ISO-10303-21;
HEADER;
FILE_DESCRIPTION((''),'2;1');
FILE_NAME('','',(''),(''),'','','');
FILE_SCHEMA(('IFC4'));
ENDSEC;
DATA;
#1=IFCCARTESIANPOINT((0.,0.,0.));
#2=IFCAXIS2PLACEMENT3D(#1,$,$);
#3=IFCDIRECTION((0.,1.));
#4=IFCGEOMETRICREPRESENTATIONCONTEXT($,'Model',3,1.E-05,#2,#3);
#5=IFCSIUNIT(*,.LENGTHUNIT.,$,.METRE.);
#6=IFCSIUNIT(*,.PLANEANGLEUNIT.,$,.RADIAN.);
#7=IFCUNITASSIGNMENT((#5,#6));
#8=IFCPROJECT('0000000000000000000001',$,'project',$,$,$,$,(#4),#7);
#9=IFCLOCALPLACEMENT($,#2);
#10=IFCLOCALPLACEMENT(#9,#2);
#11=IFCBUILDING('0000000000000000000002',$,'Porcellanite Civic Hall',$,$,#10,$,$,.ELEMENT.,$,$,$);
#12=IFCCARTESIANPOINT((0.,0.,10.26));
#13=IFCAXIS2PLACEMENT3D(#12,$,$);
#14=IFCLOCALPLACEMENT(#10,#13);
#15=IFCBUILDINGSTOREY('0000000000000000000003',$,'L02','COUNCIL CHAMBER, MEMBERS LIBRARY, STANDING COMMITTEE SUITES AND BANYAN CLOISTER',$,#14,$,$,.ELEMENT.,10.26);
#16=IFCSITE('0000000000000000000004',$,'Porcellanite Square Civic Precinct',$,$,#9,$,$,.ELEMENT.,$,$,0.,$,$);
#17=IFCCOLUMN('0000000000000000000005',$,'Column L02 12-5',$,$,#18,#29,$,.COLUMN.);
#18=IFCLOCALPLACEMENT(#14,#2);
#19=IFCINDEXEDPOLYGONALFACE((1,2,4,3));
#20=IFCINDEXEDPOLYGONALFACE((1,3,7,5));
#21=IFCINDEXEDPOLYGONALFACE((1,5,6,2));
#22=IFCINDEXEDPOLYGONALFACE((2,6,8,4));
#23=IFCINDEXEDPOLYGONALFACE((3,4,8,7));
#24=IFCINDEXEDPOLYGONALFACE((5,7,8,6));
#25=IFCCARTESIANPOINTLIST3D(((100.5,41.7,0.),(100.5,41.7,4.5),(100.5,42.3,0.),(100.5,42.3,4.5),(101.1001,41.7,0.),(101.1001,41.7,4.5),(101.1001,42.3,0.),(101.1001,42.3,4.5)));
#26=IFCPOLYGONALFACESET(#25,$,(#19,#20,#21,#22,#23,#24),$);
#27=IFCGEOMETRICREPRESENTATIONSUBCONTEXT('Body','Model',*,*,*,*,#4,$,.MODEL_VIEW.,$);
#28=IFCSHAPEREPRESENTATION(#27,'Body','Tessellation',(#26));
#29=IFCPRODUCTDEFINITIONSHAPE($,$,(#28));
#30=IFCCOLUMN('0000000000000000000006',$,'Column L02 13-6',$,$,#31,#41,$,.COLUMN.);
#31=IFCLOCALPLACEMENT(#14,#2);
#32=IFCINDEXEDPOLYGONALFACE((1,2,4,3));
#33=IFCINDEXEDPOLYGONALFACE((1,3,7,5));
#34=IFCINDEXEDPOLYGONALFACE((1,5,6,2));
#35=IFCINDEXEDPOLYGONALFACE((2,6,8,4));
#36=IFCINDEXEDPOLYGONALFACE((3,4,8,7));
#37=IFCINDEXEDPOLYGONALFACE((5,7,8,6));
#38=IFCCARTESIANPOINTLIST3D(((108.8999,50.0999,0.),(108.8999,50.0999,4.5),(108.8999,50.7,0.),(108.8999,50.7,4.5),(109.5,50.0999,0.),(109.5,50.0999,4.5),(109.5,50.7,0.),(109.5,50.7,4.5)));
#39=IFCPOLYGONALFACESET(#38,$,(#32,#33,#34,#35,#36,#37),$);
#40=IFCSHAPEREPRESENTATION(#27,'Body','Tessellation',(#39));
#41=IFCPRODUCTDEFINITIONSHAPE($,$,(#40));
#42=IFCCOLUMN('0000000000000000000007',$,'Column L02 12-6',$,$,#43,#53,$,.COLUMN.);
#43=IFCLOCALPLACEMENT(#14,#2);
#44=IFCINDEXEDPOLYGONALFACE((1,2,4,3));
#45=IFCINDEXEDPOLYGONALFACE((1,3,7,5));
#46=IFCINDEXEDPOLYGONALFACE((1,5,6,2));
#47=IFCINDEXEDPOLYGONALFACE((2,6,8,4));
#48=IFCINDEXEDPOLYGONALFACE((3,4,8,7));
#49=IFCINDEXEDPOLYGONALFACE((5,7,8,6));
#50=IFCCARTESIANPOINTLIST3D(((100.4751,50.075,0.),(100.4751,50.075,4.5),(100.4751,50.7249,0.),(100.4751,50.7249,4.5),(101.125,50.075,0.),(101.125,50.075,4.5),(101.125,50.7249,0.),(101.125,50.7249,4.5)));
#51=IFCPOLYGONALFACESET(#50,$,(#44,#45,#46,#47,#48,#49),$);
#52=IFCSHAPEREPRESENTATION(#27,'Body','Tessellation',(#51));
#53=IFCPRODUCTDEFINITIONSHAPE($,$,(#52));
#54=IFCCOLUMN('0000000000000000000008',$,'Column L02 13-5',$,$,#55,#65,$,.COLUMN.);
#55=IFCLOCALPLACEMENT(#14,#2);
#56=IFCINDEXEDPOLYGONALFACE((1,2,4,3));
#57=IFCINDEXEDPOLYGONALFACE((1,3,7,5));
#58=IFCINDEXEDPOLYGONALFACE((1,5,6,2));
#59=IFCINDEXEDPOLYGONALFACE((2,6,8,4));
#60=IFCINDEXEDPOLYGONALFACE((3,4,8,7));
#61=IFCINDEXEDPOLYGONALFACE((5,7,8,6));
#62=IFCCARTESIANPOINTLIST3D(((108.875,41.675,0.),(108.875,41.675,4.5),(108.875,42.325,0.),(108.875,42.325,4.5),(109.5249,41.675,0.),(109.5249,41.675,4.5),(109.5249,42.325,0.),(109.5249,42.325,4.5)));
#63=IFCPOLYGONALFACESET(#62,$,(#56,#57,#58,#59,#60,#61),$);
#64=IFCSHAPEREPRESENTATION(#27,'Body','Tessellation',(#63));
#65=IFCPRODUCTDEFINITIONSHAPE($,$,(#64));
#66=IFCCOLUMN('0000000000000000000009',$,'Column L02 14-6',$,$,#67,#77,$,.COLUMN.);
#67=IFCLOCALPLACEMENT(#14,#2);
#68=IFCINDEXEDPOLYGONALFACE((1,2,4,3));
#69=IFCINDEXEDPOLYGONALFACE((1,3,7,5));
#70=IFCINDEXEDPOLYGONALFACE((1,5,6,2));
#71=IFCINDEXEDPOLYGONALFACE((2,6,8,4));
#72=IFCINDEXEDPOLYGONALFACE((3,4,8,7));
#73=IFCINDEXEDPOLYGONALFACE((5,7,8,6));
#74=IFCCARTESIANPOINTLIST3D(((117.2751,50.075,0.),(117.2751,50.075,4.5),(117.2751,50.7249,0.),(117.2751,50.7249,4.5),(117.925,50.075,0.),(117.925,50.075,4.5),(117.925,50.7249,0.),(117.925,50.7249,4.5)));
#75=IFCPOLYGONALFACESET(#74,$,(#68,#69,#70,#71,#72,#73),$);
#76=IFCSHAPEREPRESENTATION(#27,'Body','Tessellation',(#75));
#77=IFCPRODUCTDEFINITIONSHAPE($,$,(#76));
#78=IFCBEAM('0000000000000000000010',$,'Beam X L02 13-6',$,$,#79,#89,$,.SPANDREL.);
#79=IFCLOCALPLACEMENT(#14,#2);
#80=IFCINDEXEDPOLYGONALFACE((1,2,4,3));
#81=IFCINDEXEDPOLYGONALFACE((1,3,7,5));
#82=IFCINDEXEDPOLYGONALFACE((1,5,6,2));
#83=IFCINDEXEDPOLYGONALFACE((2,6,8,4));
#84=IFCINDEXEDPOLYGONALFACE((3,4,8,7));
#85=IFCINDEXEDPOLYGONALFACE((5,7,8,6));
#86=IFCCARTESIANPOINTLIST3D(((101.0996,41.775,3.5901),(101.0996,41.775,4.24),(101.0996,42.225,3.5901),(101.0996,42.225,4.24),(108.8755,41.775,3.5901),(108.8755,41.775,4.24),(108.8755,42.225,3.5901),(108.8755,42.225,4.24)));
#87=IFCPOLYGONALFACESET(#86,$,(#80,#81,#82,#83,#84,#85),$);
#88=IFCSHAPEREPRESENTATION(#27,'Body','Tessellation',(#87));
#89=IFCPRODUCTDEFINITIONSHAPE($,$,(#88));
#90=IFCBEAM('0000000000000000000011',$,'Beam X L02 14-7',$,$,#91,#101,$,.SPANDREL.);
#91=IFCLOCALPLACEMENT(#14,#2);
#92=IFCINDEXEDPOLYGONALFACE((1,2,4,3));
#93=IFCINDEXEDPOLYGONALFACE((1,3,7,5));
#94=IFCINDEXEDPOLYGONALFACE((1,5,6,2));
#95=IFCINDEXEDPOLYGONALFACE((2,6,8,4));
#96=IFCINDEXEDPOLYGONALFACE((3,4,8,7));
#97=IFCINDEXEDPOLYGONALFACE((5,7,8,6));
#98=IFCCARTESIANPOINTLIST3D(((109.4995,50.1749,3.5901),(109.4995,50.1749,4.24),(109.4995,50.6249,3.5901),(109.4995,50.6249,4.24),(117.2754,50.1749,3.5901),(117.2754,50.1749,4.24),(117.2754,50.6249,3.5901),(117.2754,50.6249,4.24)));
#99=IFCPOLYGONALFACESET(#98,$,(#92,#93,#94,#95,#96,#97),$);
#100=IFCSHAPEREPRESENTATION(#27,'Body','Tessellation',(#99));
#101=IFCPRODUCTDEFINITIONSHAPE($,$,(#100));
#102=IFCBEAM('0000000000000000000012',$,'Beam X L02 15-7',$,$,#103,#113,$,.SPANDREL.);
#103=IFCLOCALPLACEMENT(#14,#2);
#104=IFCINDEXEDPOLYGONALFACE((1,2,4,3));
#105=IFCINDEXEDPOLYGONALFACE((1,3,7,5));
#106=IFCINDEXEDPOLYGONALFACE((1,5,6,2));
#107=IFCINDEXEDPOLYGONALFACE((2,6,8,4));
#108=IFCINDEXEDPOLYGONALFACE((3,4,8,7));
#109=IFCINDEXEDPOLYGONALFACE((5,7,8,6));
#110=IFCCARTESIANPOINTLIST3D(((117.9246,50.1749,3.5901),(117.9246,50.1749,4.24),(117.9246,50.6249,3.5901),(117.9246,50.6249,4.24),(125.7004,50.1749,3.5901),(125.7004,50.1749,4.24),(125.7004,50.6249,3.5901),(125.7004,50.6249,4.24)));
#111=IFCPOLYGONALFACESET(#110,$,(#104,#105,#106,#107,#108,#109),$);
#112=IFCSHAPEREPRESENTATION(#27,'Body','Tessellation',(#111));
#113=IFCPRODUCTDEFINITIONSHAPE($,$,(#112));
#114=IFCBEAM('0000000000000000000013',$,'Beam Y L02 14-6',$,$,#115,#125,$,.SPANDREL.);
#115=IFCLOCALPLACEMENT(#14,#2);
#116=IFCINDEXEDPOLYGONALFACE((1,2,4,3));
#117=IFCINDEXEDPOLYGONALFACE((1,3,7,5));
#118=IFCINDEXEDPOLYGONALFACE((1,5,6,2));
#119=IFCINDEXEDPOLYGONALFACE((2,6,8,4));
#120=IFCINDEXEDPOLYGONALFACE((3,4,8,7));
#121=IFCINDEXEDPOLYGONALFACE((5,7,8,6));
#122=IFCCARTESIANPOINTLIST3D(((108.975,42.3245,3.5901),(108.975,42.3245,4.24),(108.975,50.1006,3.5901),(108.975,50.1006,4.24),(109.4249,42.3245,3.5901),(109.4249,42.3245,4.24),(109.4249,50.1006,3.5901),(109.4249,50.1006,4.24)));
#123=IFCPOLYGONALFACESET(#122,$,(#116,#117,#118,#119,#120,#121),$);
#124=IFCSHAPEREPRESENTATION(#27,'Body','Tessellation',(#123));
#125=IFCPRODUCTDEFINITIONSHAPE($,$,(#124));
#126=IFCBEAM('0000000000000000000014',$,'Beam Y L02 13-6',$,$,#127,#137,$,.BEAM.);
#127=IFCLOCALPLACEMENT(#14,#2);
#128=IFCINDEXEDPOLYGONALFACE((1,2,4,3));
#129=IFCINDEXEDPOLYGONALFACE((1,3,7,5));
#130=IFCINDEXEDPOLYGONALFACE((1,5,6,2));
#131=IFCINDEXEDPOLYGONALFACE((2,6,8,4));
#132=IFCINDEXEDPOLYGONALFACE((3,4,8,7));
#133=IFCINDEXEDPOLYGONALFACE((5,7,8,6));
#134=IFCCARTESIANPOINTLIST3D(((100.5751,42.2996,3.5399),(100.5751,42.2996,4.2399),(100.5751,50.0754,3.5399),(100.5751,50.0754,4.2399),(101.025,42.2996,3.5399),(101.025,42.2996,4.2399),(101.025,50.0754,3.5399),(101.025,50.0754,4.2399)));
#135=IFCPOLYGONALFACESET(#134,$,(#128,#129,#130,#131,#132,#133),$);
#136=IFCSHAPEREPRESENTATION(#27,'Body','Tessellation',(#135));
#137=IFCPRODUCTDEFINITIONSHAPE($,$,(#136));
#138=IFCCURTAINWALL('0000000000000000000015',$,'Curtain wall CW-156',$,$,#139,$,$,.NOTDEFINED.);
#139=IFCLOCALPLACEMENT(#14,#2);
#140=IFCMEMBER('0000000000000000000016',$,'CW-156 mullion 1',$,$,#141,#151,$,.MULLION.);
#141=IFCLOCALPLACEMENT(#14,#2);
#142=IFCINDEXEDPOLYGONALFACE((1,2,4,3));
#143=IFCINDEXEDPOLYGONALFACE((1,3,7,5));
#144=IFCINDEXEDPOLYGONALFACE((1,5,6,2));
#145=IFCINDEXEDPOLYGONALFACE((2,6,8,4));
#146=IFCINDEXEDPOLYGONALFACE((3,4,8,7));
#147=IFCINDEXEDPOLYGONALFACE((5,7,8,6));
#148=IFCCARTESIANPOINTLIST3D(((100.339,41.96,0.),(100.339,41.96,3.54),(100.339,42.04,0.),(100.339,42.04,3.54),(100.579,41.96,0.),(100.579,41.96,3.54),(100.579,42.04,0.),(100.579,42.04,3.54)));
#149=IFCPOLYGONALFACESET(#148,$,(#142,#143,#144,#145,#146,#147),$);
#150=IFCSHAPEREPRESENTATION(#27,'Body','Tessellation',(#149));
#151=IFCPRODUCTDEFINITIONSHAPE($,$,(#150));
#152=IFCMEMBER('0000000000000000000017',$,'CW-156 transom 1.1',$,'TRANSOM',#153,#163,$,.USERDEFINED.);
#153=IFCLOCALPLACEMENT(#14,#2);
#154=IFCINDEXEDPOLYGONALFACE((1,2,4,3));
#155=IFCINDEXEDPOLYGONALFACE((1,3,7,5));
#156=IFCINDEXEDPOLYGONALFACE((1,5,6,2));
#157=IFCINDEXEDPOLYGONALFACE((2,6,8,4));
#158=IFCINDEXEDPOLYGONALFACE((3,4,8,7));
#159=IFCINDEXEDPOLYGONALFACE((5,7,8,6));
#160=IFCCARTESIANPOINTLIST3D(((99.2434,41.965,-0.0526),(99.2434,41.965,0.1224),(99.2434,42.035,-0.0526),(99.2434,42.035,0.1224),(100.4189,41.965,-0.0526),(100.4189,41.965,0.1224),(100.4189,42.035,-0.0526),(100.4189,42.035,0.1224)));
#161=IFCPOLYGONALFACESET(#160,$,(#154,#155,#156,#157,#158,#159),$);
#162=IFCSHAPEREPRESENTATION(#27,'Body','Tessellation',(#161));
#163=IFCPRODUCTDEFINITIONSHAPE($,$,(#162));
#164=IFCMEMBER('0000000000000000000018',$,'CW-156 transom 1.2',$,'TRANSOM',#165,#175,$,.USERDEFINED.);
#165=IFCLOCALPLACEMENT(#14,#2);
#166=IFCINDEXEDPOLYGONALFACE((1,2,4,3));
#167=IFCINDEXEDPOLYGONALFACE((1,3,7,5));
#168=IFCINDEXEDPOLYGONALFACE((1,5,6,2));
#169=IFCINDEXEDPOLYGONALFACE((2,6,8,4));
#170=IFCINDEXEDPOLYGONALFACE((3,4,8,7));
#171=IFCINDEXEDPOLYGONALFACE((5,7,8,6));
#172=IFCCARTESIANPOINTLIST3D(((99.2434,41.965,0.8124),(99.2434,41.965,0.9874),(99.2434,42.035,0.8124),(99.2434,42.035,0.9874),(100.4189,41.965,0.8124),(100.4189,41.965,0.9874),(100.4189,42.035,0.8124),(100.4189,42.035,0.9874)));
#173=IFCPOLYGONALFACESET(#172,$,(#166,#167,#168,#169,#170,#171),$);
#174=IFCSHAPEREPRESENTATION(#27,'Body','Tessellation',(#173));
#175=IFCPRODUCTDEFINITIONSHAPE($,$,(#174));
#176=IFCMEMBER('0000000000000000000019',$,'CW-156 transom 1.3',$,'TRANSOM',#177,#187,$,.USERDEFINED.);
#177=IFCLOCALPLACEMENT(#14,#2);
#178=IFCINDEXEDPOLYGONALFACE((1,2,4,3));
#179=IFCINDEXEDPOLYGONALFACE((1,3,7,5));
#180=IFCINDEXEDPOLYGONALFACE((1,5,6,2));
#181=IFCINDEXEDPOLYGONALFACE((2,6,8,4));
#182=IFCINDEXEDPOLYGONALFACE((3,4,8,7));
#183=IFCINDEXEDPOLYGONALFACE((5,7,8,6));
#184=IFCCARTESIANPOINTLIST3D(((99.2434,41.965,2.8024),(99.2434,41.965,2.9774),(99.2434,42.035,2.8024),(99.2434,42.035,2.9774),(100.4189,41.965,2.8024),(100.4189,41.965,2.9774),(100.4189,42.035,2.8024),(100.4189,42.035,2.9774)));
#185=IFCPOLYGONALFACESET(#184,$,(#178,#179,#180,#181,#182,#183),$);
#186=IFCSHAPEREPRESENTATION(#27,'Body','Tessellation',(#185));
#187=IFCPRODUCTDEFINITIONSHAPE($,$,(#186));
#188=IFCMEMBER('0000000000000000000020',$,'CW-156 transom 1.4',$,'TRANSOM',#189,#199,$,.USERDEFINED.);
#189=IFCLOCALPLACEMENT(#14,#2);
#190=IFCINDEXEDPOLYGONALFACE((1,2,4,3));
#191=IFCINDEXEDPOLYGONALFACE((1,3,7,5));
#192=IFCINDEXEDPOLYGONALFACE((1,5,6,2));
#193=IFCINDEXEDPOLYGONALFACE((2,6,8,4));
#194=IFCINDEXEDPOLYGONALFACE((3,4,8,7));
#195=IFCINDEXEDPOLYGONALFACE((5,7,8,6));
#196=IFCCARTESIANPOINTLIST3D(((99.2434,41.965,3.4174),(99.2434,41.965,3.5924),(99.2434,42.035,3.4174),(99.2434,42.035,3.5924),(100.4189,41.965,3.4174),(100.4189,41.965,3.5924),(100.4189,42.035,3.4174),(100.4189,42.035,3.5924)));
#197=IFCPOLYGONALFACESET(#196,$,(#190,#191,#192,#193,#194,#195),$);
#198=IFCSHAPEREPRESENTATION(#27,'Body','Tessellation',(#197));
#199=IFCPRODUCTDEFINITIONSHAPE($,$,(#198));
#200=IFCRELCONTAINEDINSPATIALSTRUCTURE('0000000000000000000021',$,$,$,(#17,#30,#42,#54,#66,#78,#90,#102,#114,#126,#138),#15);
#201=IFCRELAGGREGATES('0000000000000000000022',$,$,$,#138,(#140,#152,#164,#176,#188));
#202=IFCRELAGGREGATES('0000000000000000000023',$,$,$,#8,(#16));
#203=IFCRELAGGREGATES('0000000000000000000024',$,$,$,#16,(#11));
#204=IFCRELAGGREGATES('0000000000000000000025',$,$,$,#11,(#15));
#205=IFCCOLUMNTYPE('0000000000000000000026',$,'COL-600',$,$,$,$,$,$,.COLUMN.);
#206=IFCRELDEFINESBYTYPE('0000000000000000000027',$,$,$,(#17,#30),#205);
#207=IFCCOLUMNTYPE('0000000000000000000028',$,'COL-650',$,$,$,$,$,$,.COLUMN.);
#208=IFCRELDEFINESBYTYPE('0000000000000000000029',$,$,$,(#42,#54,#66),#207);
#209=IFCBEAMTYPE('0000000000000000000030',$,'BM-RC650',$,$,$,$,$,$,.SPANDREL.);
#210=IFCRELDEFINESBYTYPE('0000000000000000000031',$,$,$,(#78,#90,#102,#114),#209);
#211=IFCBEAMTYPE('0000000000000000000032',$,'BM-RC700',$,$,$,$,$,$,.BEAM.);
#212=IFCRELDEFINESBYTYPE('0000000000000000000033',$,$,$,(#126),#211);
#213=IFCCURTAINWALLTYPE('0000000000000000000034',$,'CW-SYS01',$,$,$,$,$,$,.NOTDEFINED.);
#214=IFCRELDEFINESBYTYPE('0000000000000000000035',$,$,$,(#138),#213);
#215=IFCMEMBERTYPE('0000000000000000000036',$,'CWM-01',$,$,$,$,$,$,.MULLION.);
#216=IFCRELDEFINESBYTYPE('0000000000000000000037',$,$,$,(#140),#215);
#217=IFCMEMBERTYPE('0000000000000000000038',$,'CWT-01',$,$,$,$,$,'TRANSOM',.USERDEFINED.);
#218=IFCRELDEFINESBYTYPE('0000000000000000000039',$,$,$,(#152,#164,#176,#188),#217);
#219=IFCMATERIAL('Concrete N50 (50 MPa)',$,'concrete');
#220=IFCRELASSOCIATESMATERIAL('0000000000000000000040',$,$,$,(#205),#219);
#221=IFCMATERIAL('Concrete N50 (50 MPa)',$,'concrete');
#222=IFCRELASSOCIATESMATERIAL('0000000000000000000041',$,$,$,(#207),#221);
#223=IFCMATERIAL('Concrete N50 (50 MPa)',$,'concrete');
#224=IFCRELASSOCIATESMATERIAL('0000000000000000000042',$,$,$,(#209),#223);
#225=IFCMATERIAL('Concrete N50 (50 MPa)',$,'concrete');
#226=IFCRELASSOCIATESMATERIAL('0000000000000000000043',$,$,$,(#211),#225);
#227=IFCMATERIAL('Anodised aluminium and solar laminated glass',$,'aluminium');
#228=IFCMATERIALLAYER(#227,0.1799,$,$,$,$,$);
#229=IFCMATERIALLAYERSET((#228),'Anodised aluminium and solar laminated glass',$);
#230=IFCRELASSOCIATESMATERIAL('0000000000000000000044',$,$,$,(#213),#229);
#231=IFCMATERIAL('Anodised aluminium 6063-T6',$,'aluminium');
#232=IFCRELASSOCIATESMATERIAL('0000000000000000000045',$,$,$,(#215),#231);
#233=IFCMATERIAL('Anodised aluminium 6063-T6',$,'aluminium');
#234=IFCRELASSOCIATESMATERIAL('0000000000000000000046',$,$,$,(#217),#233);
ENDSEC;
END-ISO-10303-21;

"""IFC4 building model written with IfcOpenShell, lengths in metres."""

from ifc_helpers import new_model, si_unit, direction, frame, origin, origin_2d, place, context, subcontext, project, spatial, rectangle, extrude, material, layer, layer_set, material_profile, profile_set, type_object, element, aggregate, save


model = new_model("IFC4")

# Units and contexts
model_context = context("Model", 3, precision=1e-05, world=origin(), true_north=direction((0.0, 1.0)))
body_context = subcontext(model_context, "Body", "Model", "MODEL_VIEW")
ifc_project = project(units=[si_unit("LENGTHUNIT", "METRE"), si_unit("PLANEANGLEUNIT", "RADIAN")], contexts=[model_context])

# Site, building, storey
site_placement = place(None, origin())
site = spatial("IfcSite", under=ifc_project, at=site_placement, Name="Porcellanite Square Civic Precinct", CompositionType="ELEMENT", RefElevation=0.0)
building_placement = place(site_placement, origin())
building = spatial("IfcBuilding", under=site, at=building_placement, Name="Porcellanite Civic Hall", CompositionType="ELEMENT")
storey_placement = place(building_placement, frame((0.0, 0.0, 10.26)))
storey = spatial("IfcBuildingStorey", under=building, at=storey_placement, Name="L02", Description="COUNCIL CHAMBER, MEMBERS LIBRARY, STANDING COMMITTEE SUITES AND BANYAN CLOISTER", CompositionType="ELEMENT", Elevation=10.26)

# Columns
ifc_material_1 = material(Name="Concrete N50 (50 MPa)", Category="concrete")
ifc_material_profile_1 = material_profile(ifc_material_1, rectangle(XDim=0.6001, YDim=0.6001, at=origin_2d()), Name="RC-600x600")
ifc_profile_set_1 = profile_set([ifc_material_profile_1], Name="Concrete N50 (50 MPa)")
column_type_1 = type_object("IfcColumnType", Name="COL-600", PredefinedType="COLUMN", material=ifc_profile_set_1)
for number, where, z_axis, x_axis, name in (
    (1, (100.8, 42.0, 0.0), (0.0, 0.0, 1.0), (1.0, 0.0, 0.0), "Column L02 12-5"),
    (2, (109.2, 50.3999, 0.0), (0.0, 0.0, 1.0), (1.0, 0.0, 0.0), "Column L02 13-6"),
):
    element("IfcColumn", number, at=place(storey_placement, frame(where, z_axis=z_axis, x_axis=x_axis)), inside=storey, type_object=column_type_1, Name=name, PredefinedType="COLUMN", context=body_context, shape_type="SweptSolid", body=[
        extrude(rectangle(XDim=0.6001, YDim=0.6001, at=origin_2d()), origin(), (0.0, 0.0, 1.0), 4.5),
    ])
ifc_material_2 = material(Name="Concrete N50 (50 MPa)", Category="concrete")
ifc_material_profile_2 = material_profile(ifc_material_2, rectangle(XDim=0.6499, YDim=0.6499, at=origin_2d()), Name="RC-650x650")
ifc_profile_set_2 = profile_set([ifc_material_profile_2], Name="Concrete N50 (50 MPa)")
column_type_2 = type_object("IfcColumnType", Name="COL-650", PredefinedType="COLUMN", material=ifc_profile_set_2)
for number, where, z_axis, x_axis, name in (
    (3, (100.8, 50.3999, 0.0), (0.0, 0.0, 1.0), (1.0, 0.0, 0.0), "Column L02 12-6"),
    (4, (109.2, 42.0, 0.0), (0.0, 0.0, 1.0), (1.0, 0.0, 0.0), "Column L02 13-5"),
    (5, (117.6001, 50.3999, 0.0), (0.0, 0.0, 1.0), (1.0, 0.0, 0.0), "Column L02 14-6"),
):
    element("IfcColumn", number, at=place(storey_placement, frame(where, z_axis=z_axis, x_axis=x_axis)), inside=storey, type_object=column_type_2, Name=name, PredefinedType="COLUMN", context=body_context, shape_type="SweptSolid", body=[
        extrude(rectangle(XDim=0.6499, YDim=0.6499, at=origin_2d()), origin(), (0.0, 0.0, 1.0), 4.5),
    ])

# Beams
ifc_material_3 = material(Name="Concrete N50 (50 MPa)", Category="concrete")
ifc_material_profile_3 = material_profile(ifc_material_3, rectangle(XDim=0.45, YDim=0.6499, at=origin_2d()), Name="RC-450x650")
ifc_profile_set_3 = profile_set([ifc_material_profile_3], Name="Concrete N50 (50 MPa)")
beam_type_1 = type_object("IfcBeamType", Name="BM-RC650", PredefinedType="SPANDREL", material=ifc_profile_set_3)
for number, where, z_axis, x_axis, name in (
    (6, (101.0996, 42.0, 3.915), (1.0, 0.0, 0.0), (0.0, 1.0, 0.0), "Beam X L02 13-6"),
    (7, (109.4995, 50.3999, 3.915), (1.0, 0.0, 0.0), (0.0, 1.0, 0.0), "Beam X L02 14-7"),
    (8, (117.9246, 50.3999, 3.915), (1.0, 0.0, 0.0), (0.0, 1.0, 0.0), "Beam X L02 15-7"),
):
    element("IfcBeam", number, at=place(storey_placement, frame(where, z_axis=z_axis, x_axis=x_axis)), inside=storey, type_object=beam_type_1, Name=name, PredefinedType="SPANDREL", context=body_context, shape_type="SweptSolid", body=[
        extrude(rectangle(XDim=0.45, YDim=0.6499, at=origin_2d()), origin(), (0.0, 0.0, 1.0), 7.7759),
    ])
beam_1_placement = place(storey_placement, frame((109.2, 42.3245, 3.915), z_axis=(0.0, 1.0, 0.0), x_axis=(-1.0, 0.0, 0.0)))
element("IfcBeam", 9, at=beam_1_placement, inside=storey, type_object=beam_type_1, Name="Beam Y L02 14-6", PredefinedType="SPANDREL", context=body_context, shape_type="SweptSolid", body=[
    extrude(rectangle(XDim=0.45, YDim=0.6499, at=origin_2d()), origin(), (0.0, 0.0, 1.0), 7.7761),
])
ifc_material_4 = material(Name="Concrete N50 (50 MPa)", Category="concrete")
ifc_material_profile_4 = material_profile(ifc_material_4, rectangle(XDim=0.45, YDim=0.7, at=origin_2d()), Name="RC-450x700")
ifc_profile_set_4 = profile_set([ifc_material_profile_4], Name="Concrete N50 (50 MPa)")
beam_type_2 = type_object("IfcBeamType", Name="BM-RC700", PredefinedType="BEAM", material=ifc_profile_set_4)
beam_2_placement = place(storey_placement, frame((100.8, 42.2996, 3.8899), z_axis=(0.0, 1.0, 0.0), x_axis=(-1.0, 0.0, 0.0)))
element("IfcBeam", 10, at=beam_2_placement, inside=storey, type_object=beam_type_2, Name="Beam Y L02 13-6", PredefinedType="BEAM", context=body_context, shape_type="SweptSolid", body=[
    extrude(rectangle(XDim=0.45, YDim=0.7, at=origin_2d()), origin(), (0.0, 0.0, 1.0), 7.7759),
])

# Curtain wall, members
ifc_material_5 = material(Name="Anodised aluminium and solar laminated glass", Category="aluminium")
ifc_layer_1 = layer(ifc_material_5, 0.1799)
ifc_layer_set_1 = layer_set([ifc_layer_1], Name="Anodised aluminium and solar laminated glass")
curtain_wall_type = type_object("IfcCurtainWallType", Name="CW-SYS01", PredefinedType="NOTDEFINED", material=ifc_layer_set_1)
curtain_wall_placement = place(storey_placement, origin())
curtain_wall = element("IfcCurtainWall", 11, at=curtain_wall_placement, inside=storey, type_object=curtain_wall_type, Name="Curtain wall CW-156", PredefinedType="NOTDEFINED")
ifc_material_6 = material(Name="Anodised aluminium 6063-T6", Category="aluminium")
ifc_material_profile_5 = material_profile(ifc_material_6, rectangle(XDim=0.0801, YDim=0.24, at=origin_2d()), Name="AL-80x240")
ifc_profile_set_5 = profile_set([ifc_material_profile_5], Name="Anodised aluminium 6063-T6")
member_type_1 = type_object("IfcMemberType", Name="CWM-01", PredefinedType="MULLION", material=ifc_profile_set_5)
member_1_placement = place(storey_placement, frame((100.459, 42.0, 0.0), z_axis=(0.0, 0.0, 1.0), x_axis=(0.0, -1.0, 0.0)))
member_1 = element("IfcMember", 12, at=member_1_placement, type_object=member_type_1, Name="CW-156 mullion 1", PredefinedType="MULLION", context=body_context, shape_type="SweptSolid", body=[
    extrude(rectangle(XDim=0.0801, YDim=0.24, at=origin_2d()), origin(), (0.0, 0.0, 1.0), 3.54),
])
ifc_material_7 = material(Name="Anodised aluminium 6063-T6", Category="aluminium")
ifc_material_profile_6 = material_profile(ifc_material_7, rectangle(XDim=0.0701, YDim=0.175, at=origin_2d()), Name="AL-70x175")
ifc_profile_set_6 = profile_set([ifc_material_profile_6], Name="Anodised aluminium 6063-T6")
member_type_2 = type_object("IfcMemberType", Name="CWT-01", ElementType="TRANSOM", PredefinedType="USERDEFINED", material=ifc_profile_set_6)
member_2_placement = place(storey_placement, frame((100.4189, 42.0, 0.0349), z_axis=(-1.0, 0.0, 0.0), x_axis=(0.0, -1.0, 0.0)))
member_2 = element("IfcMember", 13, at=member_2_placement, type_object=member_type_2, Name="CW-156 transom 1.1", ObjectType="TRANSOM", PredefinedType="USERDEFINED", context=body_context, shape_type="SweptSolid", body=[
    extrude(rectangle(XDim=0.0701, YDim=0.175, at=origin_2d()), origin(), (0.0, 0.0, 1.0), 1.1755),
])
member_3_placement = place(storey_placement, frame((100.4189, 42.0, 0.8999), z_axis=(-1.0, 0.0, 0.0), x_axis=(0.0, -1.0, 0.0)))
member_3 = element("IfcMember", 14, at=member_3_placement, type_object=member_type_2, Name="CW-156 transom 1.2", ObjectType="TRANSOM", PredefinedType="USERDEFINED", context=body_context, shape_type="SweptSolid", body=[
    extrude(rectangle(XDim=0.0701, YDim=0.175, at=origin_2d()), origin(), (0.0, 0.0, 1.0), 1.1755),
])
member_4_placement = place(storey_placement, frame((100.4189, 42.0, 2.8899), z_axis=(-1.0, 0.0, 0.0), x_axis=(0.0, -1.0, 0.0)))
member_4 = element("IfcMember", 15, at=member_4_placement, type_object=member_type_2, Name="CW-156 transom 1.3", ObjectType="TRANSOM", PredefinedType="USERDEFINED", context=body_context, shape_type="SweptSolid", body=[
    extrude(rectangle(XDim=0.0701, YDim=0.175, at=origin_2d()), origin(), (0.0, 0.0, 1.0), 1.1755),
])
member_5_placement = place(storey_placement, frame((100.4189, 42.0, 3.5049), z_axis=(-1.0, 0.0, 0.0), x_axis=(0.0, -1.0, 0.0)))
member_5 = element("IfcMember", 16, at=member_5_placement, type_object=member_type_2, Name="CW-156 transom 1.4", ObjectType="TRANSOM", PredefinedType="USERDEFINED", context=body_context, shape_type="SweptSolid", body=[
    extrude(rectangle(XDim=0.0701, YDim=0.175, at=origin_2d()), origin(), (0.0, 0.0, 1.0), 1.1755),
])

aggregate(curtain_wall, [member_1, member_2, member_3, member_4, member_5])

save(model, "model.ifc")
